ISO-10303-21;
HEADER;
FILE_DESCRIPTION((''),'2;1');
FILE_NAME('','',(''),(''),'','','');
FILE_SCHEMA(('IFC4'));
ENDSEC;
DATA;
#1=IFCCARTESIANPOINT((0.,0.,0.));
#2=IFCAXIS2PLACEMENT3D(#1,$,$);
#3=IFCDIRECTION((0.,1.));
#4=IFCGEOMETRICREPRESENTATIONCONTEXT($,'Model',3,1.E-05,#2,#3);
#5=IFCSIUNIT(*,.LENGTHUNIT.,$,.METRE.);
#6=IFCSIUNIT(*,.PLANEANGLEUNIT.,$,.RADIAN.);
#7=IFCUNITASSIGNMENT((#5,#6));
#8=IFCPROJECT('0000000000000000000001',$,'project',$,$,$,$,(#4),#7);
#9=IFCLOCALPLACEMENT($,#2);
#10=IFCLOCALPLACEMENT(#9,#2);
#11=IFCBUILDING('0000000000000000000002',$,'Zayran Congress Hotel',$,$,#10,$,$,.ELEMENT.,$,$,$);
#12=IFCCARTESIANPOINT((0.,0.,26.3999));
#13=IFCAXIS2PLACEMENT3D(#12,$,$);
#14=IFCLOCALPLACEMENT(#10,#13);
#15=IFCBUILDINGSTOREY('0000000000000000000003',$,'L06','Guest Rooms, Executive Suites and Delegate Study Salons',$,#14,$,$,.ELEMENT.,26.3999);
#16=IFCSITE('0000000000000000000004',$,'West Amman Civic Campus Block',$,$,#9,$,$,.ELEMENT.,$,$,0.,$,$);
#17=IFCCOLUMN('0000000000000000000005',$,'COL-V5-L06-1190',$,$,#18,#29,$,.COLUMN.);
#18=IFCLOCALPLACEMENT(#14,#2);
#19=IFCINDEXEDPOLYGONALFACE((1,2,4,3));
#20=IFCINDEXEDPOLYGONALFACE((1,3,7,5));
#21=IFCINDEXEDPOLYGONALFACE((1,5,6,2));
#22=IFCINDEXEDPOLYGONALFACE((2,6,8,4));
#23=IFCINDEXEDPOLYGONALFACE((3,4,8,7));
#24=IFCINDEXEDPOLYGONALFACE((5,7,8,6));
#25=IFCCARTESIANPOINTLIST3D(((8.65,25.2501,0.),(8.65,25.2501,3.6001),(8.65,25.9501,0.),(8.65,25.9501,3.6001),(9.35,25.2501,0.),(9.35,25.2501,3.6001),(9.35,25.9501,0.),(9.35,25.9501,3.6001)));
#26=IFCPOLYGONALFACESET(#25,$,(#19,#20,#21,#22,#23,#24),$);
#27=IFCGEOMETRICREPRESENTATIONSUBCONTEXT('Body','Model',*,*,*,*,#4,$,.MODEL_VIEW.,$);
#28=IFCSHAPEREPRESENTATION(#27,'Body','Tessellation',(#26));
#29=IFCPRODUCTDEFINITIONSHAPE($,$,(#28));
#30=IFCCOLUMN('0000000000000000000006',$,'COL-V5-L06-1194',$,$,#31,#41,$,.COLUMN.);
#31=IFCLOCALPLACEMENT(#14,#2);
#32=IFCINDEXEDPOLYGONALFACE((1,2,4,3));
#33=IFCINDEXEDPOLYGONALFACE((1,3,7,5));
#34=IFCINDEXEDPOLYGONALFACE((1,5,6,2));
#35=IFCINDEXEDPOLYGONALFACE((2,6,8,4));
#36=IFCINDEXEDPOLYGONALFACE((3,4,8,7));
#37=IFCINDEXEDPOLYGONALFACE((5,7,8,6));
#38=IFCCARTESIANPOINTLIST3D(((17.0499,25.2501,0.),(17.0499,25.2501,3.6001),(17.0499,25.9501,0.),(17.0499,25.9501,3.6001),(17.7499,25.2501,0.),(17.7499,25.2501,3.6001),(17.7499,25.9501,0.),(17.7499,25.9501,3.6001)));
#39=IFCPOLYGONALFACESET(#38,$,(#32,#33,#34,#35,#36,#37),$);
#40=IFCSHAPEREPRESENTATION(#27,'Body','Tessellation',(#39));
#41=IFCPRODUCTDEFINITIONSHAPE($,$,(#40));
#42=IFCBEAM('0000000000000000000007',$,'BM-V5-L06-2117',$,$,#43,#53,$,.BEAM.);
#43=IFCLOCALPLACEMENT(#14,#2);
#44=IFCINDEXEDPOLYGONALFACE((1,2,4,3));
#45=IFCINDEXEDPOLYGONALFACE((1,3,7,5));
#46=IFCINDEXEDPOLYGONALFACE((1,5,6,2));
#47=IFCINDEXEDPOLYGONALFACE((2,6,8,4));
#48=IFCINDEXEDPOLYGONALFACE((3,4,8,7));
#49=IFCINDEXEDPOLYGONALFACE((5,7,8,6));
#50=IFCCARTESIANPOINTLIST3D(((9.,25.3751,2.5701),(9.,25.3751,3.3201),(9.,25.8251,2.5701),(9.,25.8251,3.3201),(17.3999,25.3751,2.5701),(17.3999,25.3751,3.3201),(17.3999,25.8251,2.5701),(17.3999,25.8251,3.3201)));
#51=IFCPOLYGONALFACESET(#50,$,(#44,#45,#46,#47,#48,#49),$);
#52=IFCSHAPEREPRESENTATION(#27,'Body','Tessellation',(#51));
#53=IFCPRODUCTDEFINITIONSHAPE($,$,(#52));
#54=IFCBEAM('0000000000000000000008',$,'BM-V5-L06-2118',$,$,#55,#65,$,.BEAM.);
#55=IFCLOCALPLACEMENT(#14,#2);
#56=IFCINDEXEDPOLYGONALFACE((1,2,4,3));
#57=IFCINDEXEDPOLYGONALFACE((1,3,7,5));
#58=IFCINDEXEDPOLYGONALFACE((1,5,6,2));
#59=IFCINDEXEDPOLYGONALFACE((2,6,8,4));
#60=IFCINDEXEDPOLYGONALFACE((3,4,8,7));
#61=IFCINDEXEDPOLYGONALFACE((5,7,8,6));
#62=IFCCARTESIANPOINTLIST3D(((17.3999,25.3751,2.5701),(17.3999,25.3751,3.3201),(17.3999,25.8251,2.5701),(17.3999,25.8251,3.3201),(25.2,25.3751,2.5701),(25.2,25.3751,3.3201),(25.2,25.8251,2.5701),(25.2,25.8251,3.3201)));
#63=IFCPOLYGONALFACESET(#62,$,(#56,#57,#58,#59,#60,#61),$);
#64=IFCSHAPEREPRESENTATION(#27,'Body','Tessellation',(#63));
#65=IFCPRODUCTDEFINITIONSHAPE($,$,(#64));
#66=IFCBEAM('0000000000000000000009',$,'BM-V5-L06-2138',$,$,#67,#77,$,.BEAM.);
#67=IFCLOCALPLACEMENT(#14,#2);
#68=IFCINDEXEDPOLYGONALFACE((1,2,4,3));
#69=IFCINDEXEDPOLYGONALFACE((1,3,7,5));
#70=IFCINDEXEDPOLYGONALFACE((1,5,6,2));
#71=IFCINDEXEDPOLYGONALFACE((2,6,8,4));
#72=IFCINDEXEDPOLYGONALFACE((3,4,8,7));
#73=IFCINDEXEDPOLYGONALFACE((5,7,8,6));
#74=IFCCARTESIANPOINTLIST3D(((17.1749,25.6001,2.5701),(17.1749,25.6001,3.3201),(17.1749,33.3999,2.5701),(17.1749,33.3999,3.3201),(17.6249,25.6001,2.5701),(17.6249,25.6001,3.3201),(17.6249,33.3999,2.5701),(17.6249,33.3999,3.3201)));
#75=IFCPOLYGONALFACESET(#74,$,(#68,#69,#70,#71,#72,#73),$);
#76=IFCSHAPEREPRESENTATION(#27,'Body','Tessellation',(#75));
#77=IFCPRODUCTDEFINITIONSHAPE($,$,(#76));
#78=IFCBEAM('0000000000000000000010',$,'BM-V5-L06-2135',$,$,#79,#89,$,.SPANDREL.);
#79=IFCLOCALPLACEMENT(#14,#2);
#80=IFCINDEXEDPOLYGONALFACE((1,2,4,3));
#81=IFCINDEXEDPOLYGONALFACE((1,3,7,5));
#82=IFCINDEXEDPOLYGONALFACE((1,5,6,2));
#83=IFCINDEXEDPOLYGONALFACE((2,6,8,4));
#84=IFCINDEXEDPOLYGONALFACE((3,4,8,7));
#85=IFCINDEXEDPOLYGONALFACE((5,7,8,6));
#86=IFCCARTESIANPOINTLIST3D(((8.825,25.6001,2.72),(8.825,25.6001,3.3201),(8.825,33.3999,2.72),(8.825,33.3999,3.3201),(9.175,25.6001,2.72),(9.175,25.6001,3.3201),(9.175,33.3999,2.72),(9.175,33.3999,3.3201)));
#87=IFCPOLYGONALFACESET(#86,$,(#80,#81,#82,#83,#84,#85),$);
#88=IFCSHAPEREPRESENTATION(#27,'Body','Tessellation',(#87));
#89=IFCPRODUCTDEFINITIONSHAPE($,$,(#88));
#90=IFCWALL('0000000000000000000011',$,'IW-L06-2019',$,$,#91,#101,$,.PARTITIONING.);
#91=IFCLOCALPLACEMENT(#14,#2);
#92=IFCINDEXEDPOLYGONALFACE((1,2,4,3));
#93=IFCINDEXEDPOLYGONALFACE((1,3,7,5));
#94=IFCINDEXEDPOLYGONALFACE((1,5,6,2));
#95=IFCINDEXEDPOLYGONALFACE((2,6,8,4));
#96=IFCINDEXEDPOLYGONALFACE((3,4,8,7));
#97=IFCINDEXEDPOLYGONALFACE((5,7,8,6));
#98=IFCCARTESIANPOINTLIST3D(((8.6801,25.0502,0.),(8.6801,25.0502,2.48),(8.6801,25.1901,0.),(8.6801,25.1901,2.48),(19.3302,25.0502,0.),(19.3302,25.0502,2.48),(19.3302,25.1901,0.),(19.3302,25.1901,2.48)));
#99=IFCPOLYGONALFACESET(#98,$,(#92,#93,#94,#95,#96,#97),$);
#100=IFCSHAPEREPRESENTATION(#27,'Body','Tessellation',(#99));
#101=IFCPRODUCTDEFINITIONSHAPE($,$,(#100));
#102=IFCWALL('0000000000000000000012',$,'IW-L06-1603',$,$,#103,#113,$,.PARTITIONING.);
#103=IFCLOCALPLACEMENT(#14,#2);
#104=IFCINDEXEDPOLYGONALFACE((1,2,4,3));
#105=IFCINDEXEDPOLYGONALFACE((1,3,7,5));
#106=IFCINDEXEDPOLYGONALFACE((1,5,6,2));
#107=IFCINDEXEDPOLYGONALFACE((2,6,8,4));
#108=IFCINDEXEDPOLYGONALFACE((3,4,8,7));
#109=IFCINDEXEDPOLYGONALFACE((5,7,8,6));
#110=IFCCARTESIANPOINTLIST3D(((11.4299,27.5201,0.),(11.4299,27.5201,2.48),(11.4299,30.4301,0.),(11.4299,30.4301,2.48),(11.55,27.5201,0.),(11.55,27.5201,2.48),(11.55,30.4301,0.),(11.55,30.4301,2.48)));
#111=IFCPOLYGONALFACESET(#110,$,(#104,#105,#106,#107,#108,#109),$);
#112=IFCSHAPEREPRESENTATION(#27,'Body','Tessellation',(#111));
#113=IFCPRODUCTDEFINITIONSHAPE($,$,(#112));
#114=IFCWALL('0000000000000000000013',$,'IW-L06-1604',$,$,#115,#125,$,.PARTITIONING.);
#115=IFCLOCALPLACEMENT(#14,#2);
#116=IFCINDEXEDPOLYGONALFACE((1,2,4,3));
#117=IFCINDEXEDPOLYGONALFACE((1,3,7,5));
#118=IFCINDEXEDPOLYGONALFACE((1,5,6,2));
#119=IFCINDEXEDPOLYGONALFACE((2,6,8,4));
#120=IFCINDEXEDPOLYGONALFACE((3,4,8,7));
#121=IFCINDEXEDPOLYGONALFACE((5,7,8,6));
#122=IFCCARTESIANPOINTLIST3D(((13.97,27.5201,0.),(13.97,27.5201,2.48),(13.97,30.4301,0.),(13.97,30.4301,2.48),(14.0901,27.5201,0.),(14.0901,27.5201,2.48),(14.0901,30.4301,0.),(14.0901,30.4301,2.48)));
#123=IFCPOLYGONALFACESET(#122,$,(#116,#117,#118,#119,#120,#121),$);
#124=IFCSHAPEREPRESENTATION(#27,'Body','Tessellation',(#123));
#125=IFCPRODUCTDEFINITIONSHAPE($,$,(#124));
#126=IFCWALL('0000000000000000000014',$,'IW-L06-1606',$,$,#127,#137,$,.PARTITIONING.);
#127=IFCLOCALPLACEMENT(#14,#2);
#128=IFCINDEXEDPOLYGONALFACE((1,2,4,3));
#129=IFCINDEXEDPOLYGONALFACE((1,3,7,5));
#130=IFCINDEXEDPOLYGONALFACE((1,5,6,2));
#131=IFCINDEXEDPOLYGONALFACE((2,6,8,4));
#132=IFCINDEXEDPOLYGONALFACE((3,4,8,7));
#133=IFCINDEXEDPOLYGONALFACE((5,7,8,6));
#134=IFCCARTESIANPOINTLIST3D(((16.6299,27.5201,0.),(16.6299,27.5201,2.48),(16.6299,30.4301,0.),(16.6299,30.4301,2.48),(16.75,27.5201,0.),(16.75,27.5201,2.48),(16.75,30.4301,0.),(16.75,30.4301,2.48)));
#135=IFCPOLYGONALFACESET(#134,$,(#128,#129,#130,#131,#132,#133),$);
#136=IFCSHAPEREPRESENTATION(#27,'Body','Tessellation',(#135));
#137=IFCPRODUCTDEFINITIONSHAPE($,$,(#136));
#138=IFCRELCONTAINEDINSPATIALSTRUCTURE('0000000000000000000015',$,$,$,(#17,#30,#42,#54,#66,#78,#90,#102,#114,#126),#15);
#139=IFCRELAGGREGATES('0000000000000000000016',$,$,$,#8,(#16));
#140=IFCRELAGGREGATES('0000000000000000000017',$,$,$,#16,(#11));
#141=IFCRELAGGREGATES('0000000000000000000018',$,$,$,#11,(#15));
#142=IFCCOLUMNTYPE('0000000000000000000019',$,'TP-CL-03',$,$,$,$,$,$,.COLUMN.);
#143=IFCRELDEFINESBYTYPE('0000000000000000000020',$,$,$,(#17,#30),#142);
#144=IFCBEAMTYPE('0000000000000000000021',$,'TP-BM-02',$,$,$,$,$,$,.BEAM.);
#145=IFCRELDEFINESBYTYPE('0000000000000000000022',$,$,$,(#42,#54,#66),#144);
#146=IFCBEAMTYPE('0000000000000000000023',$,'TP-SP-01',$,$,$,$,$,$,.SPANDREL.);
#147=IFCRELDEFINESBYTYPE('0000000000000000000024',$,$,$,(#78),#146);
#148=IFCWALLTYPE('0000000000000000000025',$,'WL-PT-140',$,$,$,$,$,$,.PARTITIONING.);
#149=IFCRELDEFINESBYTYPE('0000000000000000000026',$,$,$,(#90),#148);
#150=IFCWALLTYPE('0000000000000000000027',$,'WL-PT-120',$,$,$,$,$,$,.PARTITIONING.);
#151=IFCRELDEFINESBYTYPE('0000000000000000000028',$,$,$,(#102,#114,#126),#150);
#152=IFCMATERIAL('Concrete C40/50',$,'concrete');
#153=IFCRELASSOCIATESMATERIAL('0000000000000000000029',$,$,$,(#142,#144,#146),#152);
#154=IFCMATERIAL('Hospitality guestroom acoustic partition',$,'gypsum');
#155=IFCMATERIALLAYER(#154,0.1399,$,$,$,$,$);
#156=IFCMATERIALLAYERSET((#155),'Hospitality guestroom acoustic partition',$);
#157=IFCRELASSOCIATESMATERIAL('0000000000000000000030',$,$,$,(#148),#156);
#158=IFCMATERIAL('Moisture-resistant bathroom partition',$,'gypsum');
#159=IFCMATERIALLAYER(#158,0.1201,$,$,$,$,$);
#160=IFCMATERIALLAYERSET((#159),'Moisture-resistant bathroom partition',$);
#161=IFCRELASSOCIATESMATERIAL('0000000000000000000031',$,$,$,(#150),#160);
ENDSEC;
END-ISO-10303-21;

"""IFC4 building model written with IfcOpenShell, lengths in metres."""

from ifc_helpers import new_model, si_unit, direction, frame, frame_2d, origin, origin_2d, place, context, subcontext, project, spatial, rectangle, extrude, material, layer, layer_set, material_profile, profile_set, type_object, element, save


model = new_model("IFC4")

# Units and contexts
model_context = context("Model", 3, precision=1e-05, world=origin(), true_north=direction((0.0, 1.0)))
body_context = subcontext(model_context, "Body", "Model", "MODEL_VIEW")
ifc_project = project(units=[si_unit("LENGTHUNIT", "METRE"), si_unit("PLANEANGLEUNIT", "RADIAN")], contexts=[model_context])

# Site, building, storey
site_placement = place(None, origin())
site = spatial("IfcSite", under=ifc_project, at=site_placement, Name="West Amman Civic Campus Block", CompositionType="ELEMENT", RefElevation=0.0)
building_placement = place(site_placement, origin())
building = spatial("IfcBuilding", under=site, at=building_placement, Name="Zayran Congress Hotel", CompositionType="ELEMENT")
storey_placement = place(building_placement, frame((0.0, 0.0, 26.3999)))
storey = spatial("IfcBuildingStorey", under=building, at=storey_placement, Name="L06", Description="Guest Rooms, Executive Suites and Delegate Study Salons", CompositionType="ELEMENT", Elevation=26.3999)

# Columns
ifc_material_1 = material(Name="Concrete C40/50", Category="concrete")
ifc_material_profile_1 = material_profile(ifc_material_1, rectangle(XDim=0.7, YDim=0.7, at=origin_2d()), Name="RC 700x700")
ifc_profile_set_1 = profile_set([ifc_material_profile_1], Name="Concrete C40/50")
column_type = type_object("IfcColumnType", Name="TP-CL-03", PredefinedType="COLUMN", material=ifc_profile_set_1)
for number, where, z_axis, x_axis, name in (
    (1, (9.0, 25.6001, 0.0), (0.0, 0.0, 1.0), (1.0, 0.0, 0.0), "COL-V5-L06-1190"),
    (2, (17.3999, 25.6001, 0.0), (0.0, 0.0, 1.0), (1.0, 0.0, 0.0), "COL-V5-L06-1194"),
):
    element("IfcColumn", number, at=place(storey_placement, frame(where, z_axis=z_axis, x_axis=x_axis)), inside=storey, type_object=column_type, Name=name, PredefinedType="COLUMN", context=body_context, shape_type="SweptSolid", body=[
        extrude(rectangle(XDim=0.7, YDim=0.7, at=origin_2d()), origin(), (0.0, 0.0, 1.0), 3.6001),
    ])

# Beams
ifc_material_profile_2 = material_profile(ifc_material_1, rectangle(XDim=0.45, YDim=0.75, at=origin_2d()), Name="RC 450x750")
ifc_profile_set_2 = profile_set([ifc_material_profile_2], Name="Concrete C40/50")
beam_type_1 = type_object("IfcBeamType", Name="TP-BM-02", PredefinedType="BEAM", material=ifc_profile_set_2)
beam_1_placement = place(storey_placement, frame((9.0, 25.6001, 2.9451), z_axis=(1.0, 0.0, 0.0), x_axis=(0.0, 1.0, 0.0)))
element("IfcBeam", 3, at=beam_1_placement, inside=storey, type_object=beam_type_1, Name="BM-V5-L06-2117", PredefinedType="BEAM", context=body_context, shape_type="SweptSolid", body=[
    extrude(rectangle(XDim=0.45, YDim=0.75, at=origin_2d()), origin(), (0.0, 0.0, 1.0), 8.3999),
])
beam_2_placement = place(storey_placement, frame((17.3999, 25.6001, 2.9451), z_axis=(1.0, 0.0, 0.0), x_axis=(0.0, 1.0, 0.0)))
element("IfcBeam", 4, at=beam_2_placement, inside=storey, type_object=beam_type_1, Name="BM-V5-L06-2118", PredefinedType="BEAM", context=body_context, shape_type="SweptSolid", body=[
    extrude(rectangle(XDim=0.45, YDim=0.75, at=origin_2d()), origin(), (0.0, 0.0, 1.0), 7.8),
])
beam_3_placement = place(storey_placement, frame((17.3999, 25.6001, 2.9451), z_axis=(0.0, 1.0, 0.0), x_axis=(-1.0, 0.0, 0.0)))
element("IfcBeam", 5, at=beam_3_placement, inside=storey, type_object=beam_type_1, Name="BM-V5-L06-2138", PredefinedType="BEAM", context=body_context, shape_type="SweptSolid", body=[
    extrude(rectangle(XDim=0.45, YDim=0.75, at=origin_2d()), origin(), (0.0, 0.0, 1.0), 7.7998),
])
ifc_material_profile_3 = material_profile(ifc_material_1, rectangle(XDim=0.3501, YDim=0.6001, at=origin_2d()), Name="RC 350x600")
ifc_profile_set_3 = profile_set([ifc_material_profile_3], Name="Concrete C40/50")
beam_type_2 = type_object("IfcBeamType", Name="TP-SP-01", PredefinedType="SPANDREL", material=ifc_profile_set_3)
beam_4_placement = place(storey_placement, frame((9.0, 25.6001, 3.02), z_axis=(0.0, 1.0, 0.0), x_axis=(-1.0, 0.0, 0.0)))
element("IfcBeam", 6, at=beam_4_placement, inside=storey, type_object=beam_type_2, Name="BM-V5-L06-2135", PredefinedType="SPANDREL", context=body_context, shape_type="SweptSolid", body=[
    extrude(rectangle(XDim=0.3501, YDim=0.6001, at=origin_2d()), origin(), (0.0, 0.0, 1.0), 7.7998),
])

# Walls
ifc_material_2 = material(Name="Hospitality guestroom acoustic partition", Category="gypsum")
ifc_layer_1 = layer(ifc_material_2, 0.1399)
ifc_layer_set_1 = layer_set([ifc_layer_1], Name="Hospitality guestroom acoustic partition")
wall_type_1 = type_object("IfcWallType", Name="WL-PT-140", PredefinedType="PARTITIONING", material=ifc_layer_set_1)
wall_placement = place(storey_placement, frame((8.6799, 25.1201, 0.0), z_axis=(0.0, 0.0, 1.0), x_axis=(1.0, 0.0, 0.0)))
element("IfcWall", 7, at=wall_placement, inside=storey, type_object=wall_type_1, Name="IW-L06-2019", PredefinedType="PARTITIONING", context=body_context, shape_type="SweptSolid", body=[
    extrude(rectangle(XDim=10.6501, YDim=0.1399, at=frame_2d((5.3252, 0.0))), origin(), (0.0, 0.0, 1.0), 2.48),
])
ifc_material_3 = material(Name="Moisture-resistant bathroom partition", Category="gypsum")
ifc_layer_2 = layer(ifc_material_3, 0.1201)
ifc_layer_set_2 = layer_set([ifc_layer_2], Name="Moisture-resistant bathroom partition")
wall_type_2 = type_object("IfcWallType", Name="WL-PT-120", PredefinedType="PARTITIONING", material=ifc_layer_set_2)
for number, where, z_axis, x_axis, name in (
    (8, (11.49, 27.52, 0.0), (0.0, 0.0, 1.0), (0.0, 1.0, 0.0), "IW-L06-1603"),
    (9, (14.03, 27.52, 0.0), (0.0, 0.0, 1.0), (0.0, 1.0, 0.0), "IW-L06-1604"),
    (10, (16.6899, 27.52, 0.0), (0.0, 0.0, 1.0), (0.0, 1.0, 0.0), "IW-L06-1606"),
):
    element("IfcWall", number, at=place(storey_placement, frame(where, z_axis=z_axis, x_axis=x_axis)), inside=storey, type_object=wall_type_2, Name=name, PredefinedType="PARTITIONING", context=body_context, shape_type="SweptSolid", body=[
        extrude(rectangle(XDim=2.9099, YDim=0.1201, at=frame_2d((1.4551, 0.0))), origin(), (0.0, 0.0, 1.0), 2.48),
    ])

save(model, "model.ifc")
